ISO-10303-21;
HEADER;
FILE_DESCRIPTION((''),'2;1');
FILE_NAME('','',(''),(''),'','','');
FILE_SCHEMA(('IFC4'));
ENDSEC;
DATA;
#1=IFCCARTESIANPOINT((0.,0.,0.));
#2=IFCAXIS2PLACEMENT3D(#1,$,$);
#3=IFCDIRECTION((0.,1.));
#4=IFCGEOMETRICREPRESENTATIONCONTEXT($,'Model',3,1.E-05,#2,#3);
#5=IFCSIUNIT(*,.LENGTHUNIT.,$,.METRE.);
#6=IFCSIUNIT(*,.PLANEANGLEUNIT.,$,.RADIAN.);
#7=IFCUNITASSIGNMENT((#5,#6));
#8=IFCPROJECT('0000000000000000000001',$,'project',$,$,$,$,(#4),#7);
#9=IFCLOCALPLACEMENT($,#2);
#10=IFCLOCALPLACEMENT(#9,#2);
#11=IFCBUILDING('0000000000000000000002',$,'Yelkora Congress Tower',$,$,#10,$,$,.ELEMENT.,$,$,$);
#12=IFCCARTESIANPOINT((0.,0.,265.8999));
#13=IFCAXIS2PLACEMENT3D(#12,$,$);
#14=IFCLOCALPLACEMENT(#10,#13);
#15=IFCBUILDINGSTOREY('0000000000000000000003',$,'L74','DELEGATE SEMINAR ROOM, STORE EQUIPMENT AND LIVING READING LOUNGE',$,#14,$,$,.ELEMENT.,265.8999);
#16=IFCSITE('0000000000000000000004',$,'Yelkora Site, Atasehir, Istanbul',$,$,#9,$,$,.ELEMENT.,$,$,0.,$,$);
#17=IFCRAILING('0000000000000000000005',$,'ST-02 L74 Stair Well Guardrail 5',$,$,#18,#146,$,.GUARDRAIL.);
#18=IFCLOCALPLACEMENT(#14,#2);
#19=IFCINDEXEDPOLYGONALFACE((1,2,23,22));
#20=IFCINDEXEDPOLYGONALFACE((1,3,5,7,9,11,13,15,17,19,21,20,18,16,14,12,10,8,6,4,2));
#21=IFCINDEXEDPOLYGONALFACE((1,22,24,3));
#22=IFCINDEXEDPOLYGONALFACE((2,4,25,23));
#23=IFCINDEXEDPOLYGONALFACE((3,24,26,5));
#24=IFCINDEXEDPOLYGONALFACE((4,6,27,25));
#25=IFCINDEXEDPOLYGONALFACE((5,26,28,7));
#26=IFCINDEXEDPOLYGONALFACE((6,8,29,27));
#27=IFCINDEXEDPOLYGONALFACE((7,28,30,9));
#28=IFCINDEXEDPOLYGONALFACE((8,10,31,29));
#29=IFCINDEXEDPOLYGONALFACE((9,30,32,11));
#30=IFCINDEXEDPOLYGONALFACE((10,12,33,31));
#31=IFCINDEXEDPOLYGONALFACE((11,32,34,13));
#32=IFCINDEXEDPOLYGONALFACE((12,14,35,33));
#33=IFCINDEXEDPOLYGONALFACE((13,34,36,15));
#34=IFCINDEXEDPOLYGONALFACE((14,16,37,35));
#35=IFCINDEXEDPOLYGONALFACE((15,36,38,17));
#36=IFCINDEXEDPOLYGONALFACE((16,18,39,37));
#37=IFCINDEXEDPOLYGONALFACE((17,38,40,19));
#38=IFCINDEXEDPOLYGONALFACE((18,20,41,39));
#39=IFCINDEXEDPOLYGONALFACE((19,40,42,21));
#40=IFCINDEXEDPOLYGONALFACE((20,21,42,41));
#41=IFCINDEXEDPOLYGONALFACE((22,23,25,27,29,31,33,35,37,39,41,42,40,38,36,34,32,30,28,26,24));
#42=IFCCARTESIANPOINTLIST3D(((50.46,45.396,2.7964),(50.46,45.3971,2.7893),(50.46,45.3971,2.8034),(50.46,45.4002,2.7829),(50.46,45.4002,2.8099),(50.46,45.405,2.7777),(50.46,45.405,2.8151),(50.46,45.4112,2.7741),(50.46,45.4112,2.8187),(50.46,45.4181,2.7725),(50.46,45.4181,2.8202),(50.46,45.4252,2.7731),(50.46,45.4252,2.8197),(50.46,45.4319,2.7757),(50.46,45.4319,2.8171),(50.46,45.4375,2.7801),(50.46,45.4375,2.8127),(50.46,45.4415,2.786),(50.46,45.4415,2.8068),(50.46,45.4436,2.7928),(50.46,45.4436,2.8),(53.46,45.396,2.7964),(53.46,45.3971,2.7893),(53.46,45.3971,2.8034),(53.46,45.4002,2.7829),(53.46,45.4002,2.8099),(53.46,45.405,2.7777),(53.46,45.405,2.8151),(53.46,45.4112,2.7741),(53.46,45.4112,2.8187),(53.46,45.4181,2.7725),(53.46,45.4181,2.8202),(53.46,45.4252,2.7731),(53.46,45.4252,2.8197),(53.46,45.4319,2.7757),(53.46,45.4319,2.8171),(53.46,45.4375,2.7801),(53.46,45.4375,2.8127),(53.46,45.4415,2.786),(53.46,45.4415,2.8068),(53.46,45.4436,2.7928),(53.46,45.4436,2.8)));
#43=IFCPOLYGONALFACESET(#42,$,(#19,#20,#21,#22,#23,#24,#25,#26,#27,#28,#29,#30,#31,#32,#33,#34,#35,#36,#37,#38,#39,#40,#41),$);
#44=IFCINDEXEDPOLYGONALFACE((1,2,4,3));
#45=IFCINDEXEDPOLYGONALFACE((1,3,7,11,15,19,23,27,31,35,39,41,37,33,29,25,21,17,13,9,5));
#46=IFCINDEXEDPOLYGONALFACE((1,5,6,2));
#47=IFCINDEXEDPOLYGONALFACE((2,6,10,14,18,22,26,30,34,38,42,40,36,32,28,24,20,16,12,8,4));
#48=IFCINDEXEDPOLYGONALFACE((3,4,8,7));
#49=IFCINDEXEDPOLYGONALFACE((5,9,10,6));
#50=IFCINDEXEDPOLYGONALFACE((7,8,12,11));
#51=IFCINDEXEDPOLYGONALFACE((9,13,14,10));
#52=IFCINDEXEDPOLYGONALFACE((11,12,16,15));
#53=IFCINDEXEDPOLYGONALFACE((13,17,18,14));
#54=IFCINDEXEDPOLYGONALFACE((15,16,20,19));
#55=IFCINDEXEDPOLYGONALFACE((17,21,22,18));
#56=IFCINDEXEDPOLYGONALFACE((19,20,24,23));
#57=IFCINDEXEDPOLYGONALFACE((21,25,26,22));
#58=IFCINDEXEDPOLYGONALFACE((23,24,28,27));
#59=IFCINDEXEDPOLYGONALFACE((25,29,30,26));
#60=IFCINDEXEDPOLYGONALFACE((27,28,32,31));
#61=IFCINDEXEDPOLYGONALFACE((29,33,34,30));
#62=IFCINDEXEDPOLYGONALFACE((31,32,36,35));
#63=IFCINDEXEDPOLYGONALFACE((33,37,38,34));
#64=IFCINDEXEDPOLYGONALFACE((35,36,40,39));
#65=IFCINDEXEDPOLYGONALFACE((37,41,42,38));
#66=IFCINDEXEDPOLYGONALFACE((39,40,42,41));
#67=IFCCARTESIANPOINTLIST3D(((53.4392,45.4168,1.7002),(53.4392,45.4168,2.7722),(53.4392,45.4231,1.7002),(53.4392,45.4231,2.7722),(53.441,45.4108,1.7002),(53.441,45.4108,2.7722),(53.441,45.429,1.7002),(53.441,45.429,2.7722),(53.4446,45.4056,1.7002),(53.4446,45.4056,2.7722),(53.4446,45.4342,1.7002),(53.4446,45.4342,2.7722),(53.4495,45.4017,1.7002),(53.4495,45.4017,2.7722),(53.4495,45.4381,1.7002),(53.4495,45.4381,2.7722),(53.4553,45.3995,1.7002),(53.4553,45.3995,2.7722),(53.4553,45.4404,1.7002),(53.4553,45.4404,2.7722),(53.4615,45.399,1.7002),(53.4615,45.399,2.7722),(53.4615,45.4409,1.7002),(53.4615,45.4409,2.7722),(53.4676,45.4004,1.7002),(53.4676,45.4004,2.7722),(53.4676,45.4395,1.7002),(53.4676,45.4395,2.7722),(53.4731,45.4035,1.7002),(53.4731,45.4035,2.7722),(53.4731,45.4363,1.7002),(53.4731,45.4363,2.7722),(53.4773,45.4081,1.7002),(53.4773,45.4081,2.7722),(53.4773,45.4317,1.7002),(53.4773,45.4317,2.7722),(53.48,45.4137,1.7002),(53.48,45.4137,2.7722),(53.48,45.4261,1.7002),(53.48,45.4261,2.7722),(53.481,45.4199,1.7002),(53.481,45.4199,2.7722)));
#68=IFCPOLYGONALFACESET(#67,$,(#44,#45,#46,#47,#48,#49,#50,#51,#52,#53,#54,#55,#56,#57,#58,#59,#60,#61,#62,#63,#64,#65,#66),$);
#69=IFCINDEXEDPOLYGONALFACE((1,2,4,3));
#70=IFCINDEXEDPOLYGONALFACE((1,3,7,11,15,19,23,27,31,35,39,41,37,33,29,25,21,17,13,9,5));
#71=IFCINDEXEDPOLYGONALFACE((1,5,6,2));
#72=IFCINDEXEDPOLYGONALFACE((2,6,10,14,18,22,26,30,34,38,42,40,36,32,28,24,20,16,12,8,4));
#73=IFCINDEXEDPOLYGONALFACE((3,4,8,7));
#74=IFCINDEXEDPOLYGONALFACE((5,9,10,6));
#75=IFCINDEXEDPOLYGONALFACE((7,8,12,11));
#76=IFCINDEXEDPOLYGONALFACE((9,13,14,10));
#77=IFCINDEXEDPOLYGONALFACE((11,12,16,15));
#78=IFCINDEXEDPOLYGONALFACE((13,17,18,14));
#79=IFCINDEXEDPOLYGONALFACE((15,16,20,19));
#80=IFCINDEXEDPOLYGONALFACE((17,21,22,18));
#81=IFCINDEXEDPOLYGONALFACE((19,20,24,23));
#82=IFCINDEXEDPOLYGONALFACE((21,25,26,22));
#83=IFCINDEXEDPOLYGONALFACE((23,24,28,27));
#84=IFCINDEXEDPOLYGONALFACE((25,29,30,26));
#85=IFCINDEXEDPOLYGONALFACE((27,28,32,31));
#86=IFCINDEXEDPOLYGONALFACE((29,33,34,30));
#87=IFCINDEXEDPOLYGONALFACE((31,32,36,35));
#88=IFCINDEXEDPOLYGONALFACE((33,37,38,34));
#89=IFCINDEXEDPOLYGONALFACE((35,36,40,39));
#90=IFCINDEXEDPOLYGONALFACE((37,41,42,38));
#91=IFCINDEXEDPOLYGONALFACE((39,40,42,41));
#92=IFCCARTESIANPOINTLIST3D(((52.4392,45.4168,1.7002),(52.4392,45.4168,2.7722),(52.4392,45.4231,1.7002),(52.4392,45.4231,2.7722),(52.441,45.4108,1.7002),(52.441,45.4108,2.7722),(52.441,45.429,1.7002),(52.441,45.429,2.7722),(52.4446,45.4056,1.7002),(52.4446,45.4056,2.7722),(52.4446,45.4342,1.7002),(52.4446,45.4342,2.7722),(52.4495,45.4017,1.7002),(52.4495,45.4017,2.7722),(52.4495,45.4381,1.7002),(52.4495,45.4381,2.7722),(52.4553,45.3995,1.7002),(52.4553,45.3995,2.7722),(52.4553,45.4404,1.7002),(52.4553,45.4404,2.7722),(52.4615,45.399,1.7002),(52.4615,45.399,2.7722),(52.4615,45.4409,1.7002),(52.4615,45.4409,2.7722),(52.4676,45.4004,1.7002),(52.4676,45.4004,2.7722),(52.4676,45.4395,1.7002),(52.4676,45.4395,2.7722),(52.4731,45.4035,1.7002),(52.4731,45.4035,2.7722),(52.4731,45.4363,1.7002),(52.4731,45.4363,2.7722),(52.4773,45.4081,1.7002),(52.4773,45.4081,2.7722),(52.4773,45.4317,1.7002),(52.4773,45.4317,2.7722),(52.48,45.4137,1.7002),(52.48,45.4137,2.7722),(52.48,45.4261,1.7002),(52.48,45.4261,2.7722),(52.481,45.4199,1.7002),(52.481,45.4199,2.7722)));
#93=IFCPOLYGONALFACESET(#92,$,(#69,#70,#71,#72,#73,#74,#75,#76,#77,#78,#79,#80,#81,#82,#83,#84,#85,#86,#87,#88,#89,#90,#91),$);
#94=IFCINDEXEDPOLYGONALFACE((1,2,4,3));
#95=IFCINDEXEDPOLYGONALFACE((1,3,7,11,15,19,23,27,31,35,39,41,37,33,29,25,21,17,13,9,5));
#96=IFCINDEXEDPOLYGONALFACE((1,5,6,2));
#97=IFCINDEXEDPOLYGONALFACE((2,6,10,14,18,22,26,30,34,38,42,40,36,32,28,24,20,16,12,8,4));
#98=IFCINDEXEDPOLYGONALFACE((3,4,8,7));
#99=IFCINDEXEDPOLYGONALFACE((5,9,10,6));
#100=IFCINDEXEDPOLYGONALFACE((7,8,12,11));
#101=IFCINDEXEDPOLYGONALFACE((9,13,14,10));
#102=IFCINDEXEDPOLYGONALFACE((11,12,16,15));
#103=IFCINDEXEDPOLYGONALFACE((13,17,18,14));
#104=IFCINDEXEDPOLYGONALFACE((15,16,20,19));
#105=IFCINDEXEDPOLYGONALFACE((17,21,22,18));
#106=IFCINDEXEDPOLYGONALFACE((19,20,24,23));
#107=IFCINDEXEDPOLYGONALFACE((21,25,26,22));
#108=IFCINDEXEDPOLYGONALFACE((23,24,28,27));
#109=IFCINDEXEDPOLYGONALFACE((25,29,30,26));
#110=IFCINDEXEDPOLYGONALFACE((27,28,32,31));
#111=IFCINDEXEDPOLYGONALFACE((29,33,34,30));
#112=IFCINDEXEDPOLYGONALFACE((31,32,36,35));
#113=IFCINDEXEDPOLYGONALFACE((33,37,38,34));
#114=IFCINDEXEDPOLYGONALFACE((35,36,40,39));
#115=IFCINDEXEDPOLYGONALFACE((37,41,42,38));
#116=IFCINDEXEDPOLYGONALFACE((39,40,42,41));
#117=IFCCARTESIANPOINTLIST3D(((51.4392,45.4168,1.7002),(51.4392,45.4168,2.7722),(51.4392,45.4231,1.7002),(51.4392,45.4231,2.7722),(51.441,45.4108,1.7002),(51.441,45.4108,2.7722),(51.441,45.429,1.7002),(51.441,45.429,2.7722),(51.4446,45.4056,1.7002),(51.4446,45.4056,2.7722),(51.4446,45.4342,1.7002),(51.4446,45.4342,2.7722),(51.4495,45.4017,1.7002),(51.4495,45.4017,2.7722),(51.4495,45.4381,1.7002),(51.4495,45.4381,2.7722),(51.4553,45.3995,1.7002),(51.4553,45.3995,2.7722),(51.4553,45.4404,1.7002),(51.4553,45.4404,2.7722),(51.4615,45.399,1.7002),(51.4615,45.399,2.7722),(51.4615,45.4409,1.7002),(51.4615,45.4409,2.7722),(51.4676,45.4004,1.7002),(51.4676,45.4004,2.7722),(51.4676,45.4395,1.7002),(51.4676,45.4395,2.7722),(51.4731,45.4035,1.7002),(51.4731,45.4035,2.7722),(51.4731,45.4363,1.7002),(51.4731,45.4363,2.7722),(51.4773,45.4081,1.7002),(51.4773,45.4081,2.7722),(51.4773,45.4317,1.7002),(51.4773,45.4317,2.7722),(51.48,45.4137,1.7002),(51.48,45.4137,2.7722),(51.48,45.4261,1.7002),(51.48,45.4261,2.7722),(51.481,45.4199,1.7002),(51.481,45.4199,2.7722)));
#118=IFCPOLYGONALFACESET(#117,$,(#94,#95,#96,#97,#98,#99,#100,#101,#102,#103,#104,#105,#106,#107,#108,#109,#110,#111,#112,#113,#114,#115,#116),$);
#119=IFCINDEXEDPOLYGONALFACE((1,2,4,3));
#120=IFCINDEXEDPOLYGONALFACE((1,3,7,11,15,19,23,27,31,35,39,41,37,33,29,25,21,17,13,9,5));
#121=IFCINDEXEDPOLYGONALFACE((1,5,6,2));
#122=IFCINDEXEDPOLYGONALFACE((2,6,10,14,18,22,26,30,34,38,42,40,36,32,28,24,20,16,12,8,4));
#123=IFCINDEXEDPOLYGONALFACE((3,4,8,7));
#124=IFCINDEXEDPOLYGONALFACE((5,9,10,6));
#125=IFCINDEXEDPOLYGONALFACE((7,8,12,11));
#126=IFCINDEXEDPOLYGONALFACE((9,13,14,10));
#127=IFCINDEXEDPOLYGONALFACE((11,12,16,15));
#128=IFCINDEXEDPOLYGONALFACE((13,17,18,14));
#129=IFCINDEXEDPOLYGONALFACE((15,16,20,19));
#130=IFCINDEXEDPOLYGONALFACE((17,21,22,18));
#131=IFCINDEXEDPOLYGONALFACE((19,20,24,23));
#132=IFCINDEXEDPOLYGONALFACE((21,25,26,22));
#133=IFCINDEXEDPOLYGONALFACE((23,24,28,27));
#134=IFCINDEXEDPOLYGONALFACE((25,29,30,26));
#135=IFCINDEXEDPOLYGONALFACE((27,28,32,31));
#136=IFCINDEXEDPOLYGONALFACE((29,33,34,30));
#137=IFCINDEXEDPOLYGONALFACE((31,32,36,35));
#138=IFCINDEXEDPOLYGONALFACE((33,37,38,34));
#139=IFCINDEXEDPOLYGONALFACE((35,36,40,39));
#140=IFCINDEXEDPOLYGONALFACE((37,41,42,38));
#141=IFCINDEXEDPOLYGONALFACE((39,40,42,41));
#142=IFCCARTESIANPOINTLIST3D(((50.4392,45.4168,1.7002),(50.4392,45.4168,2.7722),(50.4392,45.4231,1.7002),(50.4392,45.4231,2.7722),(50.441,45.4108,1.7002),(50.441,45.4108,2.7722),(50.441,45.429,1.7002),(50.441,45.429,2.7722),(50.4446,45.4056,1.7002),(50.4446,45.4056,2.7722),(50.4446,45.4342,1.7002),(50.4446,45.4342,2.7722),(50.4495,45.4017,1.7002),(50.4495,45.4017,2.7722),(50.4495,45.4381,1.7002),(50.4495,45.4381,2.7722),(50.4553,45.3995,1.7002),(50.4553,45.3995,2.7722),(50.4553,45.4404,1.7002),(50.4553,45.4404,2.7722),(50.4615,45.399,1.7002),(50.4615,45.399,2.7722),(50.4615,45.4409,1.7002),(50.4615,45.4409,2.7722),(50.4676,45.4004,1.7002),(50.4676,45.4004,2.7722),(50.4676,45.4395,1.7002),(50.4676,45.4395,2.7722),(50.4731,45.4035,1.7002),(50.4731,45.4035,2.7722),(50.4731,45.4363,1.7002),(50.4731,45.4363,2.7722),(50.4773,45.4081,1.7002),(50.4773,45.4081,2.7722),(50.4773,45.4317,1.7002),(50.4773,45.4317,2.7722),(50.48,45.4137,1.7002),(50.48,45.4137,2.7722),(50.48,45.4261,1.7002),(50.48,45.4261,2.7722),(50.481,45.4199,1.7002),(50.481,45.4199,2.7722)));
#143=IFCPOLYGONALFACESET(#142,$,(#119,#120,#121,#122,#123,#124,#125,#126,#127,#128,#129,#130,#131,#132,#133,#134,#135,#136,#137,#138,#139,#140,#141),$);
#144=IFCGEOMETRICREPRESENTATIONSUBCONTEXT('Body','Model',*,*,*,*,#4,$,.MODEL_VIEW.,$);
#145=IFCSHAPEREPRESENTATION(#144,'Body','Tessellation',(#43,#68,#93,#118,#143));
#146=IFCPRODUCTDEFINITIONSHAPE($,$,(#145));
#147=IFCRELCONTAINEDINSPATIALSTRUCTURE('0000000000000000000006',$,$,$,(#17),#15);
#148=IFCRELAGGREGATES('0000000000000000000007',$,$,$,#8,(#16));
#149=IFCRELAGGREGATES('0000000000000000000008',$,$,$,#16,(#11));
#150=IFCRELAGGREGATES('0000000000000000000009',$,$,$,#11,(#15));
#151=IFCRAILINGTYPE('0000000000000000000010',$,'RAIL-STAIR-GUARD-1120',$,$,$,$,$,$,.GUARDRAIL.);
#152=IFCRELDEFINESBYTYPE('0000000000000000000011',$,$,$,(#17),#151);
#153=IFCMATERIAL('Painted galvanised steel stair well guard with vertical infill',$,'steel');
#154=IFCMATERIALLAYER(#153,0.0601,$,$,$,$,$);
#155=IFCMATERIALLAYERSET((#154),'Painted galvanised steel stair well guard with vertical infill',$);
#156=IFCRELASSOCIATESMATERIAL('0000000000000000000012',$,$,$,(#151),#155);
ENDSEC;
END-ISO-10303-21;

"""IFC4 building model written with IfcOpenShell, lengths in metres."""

from ifc_helpers import new_model, si_unit, direction, frame, origin, origin_2d, place, context, subcontext, project, spatial, circle, extrude, material, layer, layer_set, type_object, element, save


model = new_model("IFC4")

# Units and contexts
model_context = context("Model", 3, precision=1e-05, world=origin(), true_north=direction((0.0, 1.0)))
body_context = subcontext(model_context, "Body", "Model", "MODEL_VIEW")
ifc_project = project(units=[si_unit("LENGTHUNIT", "METRE"), si_unit("PLANEANGLEUNIT", "RADIAN")], contexts=[model_context])

# Site, building, storey
site_placement = place(None, origin())
site = spatial("IfcSite", under=ifc_project, at=site_placement, Name="Yelkora Site, Atasehir, Istanbul", CompositionType="ELEMENT", RefElevation=0.0)
building_placement = place(site_placement, origin())
building = spatial("IfcBuilding", under=site, at=building_placement, Name="Yelkora Congress Tower", CompositionType="ELEMENT")
storey_placement = place(building_placement, frame((0.0, 0.0, 265.8999)))
storey = spatial("IfcBuildingStorey", under=building, at=storey_placement, Name="L74", Description="DELEGATE SEMINAR ROOM, STORE EQUIPMENT AND LIVING READING LOUNGE", CompositionType="ELEMENT", Elevation=265.8999)

# Railing
ifc_material_1 = material(Name="Painted galvanised steel stair well guard with vertical infill", Category="steel")
ifc_layer_1 = layer(ifc_material_1, 0.0601)
ifc_layer_set_1 = layer_set([ifc_layer_1], Name="Painted galvanised steel stair well guard with vertical infill")
railing_type = type_object("IfcRailingType", Name="RAIL-STAIR-GUARD-1120", PredefinedType="GUARDRAIL", material=ifc_layer_set_1)
railing_1_placement = place(storey_placement, frame((53.46, 45.4199, 1.7002)))
element("IfcRailing", 1, at=railing_1_placement, inside=storey, type_object=railing_type, Name="ST-02 L74 Stair Well Guardrail 5", PredefinedType="GUARDRAIL", context=body_context, shape_type="SweptSolid", body=[
    extrude(circle(Radius=0.0239, at=origin_2d()), frame((0.0, 0.0, 1.0962), z_axis=(-1.0, 0.0, 0.0), x_axis=(0.0, -1.0, 0.0)), (0.0, 0.0, 1.0), 3.0),
    extrude(circle(Radius=0.021, at=origin_2d()), origin(), (0.0, 0.0, 1.0), 1.072),
    extrude(circle(Radius=0.021, at=origin_2d()), frame((-1.0, 0.0, 0.0)), (0.0, 0.0, 1.0), 1.072),
    extrude(circle(Radius=0.021, at=origin_2d()), frame((-2.0, 0.0, 0.0)), (0.0, 0.0, 1.0), 1.072),
    extrude(circle(Radius=0.021, at=origin_2d()), frame((-3.0, 0.0, 0.0)), (0.0, 0.0, 1.0), 1.072),
])

save(model, "model.ifc")
